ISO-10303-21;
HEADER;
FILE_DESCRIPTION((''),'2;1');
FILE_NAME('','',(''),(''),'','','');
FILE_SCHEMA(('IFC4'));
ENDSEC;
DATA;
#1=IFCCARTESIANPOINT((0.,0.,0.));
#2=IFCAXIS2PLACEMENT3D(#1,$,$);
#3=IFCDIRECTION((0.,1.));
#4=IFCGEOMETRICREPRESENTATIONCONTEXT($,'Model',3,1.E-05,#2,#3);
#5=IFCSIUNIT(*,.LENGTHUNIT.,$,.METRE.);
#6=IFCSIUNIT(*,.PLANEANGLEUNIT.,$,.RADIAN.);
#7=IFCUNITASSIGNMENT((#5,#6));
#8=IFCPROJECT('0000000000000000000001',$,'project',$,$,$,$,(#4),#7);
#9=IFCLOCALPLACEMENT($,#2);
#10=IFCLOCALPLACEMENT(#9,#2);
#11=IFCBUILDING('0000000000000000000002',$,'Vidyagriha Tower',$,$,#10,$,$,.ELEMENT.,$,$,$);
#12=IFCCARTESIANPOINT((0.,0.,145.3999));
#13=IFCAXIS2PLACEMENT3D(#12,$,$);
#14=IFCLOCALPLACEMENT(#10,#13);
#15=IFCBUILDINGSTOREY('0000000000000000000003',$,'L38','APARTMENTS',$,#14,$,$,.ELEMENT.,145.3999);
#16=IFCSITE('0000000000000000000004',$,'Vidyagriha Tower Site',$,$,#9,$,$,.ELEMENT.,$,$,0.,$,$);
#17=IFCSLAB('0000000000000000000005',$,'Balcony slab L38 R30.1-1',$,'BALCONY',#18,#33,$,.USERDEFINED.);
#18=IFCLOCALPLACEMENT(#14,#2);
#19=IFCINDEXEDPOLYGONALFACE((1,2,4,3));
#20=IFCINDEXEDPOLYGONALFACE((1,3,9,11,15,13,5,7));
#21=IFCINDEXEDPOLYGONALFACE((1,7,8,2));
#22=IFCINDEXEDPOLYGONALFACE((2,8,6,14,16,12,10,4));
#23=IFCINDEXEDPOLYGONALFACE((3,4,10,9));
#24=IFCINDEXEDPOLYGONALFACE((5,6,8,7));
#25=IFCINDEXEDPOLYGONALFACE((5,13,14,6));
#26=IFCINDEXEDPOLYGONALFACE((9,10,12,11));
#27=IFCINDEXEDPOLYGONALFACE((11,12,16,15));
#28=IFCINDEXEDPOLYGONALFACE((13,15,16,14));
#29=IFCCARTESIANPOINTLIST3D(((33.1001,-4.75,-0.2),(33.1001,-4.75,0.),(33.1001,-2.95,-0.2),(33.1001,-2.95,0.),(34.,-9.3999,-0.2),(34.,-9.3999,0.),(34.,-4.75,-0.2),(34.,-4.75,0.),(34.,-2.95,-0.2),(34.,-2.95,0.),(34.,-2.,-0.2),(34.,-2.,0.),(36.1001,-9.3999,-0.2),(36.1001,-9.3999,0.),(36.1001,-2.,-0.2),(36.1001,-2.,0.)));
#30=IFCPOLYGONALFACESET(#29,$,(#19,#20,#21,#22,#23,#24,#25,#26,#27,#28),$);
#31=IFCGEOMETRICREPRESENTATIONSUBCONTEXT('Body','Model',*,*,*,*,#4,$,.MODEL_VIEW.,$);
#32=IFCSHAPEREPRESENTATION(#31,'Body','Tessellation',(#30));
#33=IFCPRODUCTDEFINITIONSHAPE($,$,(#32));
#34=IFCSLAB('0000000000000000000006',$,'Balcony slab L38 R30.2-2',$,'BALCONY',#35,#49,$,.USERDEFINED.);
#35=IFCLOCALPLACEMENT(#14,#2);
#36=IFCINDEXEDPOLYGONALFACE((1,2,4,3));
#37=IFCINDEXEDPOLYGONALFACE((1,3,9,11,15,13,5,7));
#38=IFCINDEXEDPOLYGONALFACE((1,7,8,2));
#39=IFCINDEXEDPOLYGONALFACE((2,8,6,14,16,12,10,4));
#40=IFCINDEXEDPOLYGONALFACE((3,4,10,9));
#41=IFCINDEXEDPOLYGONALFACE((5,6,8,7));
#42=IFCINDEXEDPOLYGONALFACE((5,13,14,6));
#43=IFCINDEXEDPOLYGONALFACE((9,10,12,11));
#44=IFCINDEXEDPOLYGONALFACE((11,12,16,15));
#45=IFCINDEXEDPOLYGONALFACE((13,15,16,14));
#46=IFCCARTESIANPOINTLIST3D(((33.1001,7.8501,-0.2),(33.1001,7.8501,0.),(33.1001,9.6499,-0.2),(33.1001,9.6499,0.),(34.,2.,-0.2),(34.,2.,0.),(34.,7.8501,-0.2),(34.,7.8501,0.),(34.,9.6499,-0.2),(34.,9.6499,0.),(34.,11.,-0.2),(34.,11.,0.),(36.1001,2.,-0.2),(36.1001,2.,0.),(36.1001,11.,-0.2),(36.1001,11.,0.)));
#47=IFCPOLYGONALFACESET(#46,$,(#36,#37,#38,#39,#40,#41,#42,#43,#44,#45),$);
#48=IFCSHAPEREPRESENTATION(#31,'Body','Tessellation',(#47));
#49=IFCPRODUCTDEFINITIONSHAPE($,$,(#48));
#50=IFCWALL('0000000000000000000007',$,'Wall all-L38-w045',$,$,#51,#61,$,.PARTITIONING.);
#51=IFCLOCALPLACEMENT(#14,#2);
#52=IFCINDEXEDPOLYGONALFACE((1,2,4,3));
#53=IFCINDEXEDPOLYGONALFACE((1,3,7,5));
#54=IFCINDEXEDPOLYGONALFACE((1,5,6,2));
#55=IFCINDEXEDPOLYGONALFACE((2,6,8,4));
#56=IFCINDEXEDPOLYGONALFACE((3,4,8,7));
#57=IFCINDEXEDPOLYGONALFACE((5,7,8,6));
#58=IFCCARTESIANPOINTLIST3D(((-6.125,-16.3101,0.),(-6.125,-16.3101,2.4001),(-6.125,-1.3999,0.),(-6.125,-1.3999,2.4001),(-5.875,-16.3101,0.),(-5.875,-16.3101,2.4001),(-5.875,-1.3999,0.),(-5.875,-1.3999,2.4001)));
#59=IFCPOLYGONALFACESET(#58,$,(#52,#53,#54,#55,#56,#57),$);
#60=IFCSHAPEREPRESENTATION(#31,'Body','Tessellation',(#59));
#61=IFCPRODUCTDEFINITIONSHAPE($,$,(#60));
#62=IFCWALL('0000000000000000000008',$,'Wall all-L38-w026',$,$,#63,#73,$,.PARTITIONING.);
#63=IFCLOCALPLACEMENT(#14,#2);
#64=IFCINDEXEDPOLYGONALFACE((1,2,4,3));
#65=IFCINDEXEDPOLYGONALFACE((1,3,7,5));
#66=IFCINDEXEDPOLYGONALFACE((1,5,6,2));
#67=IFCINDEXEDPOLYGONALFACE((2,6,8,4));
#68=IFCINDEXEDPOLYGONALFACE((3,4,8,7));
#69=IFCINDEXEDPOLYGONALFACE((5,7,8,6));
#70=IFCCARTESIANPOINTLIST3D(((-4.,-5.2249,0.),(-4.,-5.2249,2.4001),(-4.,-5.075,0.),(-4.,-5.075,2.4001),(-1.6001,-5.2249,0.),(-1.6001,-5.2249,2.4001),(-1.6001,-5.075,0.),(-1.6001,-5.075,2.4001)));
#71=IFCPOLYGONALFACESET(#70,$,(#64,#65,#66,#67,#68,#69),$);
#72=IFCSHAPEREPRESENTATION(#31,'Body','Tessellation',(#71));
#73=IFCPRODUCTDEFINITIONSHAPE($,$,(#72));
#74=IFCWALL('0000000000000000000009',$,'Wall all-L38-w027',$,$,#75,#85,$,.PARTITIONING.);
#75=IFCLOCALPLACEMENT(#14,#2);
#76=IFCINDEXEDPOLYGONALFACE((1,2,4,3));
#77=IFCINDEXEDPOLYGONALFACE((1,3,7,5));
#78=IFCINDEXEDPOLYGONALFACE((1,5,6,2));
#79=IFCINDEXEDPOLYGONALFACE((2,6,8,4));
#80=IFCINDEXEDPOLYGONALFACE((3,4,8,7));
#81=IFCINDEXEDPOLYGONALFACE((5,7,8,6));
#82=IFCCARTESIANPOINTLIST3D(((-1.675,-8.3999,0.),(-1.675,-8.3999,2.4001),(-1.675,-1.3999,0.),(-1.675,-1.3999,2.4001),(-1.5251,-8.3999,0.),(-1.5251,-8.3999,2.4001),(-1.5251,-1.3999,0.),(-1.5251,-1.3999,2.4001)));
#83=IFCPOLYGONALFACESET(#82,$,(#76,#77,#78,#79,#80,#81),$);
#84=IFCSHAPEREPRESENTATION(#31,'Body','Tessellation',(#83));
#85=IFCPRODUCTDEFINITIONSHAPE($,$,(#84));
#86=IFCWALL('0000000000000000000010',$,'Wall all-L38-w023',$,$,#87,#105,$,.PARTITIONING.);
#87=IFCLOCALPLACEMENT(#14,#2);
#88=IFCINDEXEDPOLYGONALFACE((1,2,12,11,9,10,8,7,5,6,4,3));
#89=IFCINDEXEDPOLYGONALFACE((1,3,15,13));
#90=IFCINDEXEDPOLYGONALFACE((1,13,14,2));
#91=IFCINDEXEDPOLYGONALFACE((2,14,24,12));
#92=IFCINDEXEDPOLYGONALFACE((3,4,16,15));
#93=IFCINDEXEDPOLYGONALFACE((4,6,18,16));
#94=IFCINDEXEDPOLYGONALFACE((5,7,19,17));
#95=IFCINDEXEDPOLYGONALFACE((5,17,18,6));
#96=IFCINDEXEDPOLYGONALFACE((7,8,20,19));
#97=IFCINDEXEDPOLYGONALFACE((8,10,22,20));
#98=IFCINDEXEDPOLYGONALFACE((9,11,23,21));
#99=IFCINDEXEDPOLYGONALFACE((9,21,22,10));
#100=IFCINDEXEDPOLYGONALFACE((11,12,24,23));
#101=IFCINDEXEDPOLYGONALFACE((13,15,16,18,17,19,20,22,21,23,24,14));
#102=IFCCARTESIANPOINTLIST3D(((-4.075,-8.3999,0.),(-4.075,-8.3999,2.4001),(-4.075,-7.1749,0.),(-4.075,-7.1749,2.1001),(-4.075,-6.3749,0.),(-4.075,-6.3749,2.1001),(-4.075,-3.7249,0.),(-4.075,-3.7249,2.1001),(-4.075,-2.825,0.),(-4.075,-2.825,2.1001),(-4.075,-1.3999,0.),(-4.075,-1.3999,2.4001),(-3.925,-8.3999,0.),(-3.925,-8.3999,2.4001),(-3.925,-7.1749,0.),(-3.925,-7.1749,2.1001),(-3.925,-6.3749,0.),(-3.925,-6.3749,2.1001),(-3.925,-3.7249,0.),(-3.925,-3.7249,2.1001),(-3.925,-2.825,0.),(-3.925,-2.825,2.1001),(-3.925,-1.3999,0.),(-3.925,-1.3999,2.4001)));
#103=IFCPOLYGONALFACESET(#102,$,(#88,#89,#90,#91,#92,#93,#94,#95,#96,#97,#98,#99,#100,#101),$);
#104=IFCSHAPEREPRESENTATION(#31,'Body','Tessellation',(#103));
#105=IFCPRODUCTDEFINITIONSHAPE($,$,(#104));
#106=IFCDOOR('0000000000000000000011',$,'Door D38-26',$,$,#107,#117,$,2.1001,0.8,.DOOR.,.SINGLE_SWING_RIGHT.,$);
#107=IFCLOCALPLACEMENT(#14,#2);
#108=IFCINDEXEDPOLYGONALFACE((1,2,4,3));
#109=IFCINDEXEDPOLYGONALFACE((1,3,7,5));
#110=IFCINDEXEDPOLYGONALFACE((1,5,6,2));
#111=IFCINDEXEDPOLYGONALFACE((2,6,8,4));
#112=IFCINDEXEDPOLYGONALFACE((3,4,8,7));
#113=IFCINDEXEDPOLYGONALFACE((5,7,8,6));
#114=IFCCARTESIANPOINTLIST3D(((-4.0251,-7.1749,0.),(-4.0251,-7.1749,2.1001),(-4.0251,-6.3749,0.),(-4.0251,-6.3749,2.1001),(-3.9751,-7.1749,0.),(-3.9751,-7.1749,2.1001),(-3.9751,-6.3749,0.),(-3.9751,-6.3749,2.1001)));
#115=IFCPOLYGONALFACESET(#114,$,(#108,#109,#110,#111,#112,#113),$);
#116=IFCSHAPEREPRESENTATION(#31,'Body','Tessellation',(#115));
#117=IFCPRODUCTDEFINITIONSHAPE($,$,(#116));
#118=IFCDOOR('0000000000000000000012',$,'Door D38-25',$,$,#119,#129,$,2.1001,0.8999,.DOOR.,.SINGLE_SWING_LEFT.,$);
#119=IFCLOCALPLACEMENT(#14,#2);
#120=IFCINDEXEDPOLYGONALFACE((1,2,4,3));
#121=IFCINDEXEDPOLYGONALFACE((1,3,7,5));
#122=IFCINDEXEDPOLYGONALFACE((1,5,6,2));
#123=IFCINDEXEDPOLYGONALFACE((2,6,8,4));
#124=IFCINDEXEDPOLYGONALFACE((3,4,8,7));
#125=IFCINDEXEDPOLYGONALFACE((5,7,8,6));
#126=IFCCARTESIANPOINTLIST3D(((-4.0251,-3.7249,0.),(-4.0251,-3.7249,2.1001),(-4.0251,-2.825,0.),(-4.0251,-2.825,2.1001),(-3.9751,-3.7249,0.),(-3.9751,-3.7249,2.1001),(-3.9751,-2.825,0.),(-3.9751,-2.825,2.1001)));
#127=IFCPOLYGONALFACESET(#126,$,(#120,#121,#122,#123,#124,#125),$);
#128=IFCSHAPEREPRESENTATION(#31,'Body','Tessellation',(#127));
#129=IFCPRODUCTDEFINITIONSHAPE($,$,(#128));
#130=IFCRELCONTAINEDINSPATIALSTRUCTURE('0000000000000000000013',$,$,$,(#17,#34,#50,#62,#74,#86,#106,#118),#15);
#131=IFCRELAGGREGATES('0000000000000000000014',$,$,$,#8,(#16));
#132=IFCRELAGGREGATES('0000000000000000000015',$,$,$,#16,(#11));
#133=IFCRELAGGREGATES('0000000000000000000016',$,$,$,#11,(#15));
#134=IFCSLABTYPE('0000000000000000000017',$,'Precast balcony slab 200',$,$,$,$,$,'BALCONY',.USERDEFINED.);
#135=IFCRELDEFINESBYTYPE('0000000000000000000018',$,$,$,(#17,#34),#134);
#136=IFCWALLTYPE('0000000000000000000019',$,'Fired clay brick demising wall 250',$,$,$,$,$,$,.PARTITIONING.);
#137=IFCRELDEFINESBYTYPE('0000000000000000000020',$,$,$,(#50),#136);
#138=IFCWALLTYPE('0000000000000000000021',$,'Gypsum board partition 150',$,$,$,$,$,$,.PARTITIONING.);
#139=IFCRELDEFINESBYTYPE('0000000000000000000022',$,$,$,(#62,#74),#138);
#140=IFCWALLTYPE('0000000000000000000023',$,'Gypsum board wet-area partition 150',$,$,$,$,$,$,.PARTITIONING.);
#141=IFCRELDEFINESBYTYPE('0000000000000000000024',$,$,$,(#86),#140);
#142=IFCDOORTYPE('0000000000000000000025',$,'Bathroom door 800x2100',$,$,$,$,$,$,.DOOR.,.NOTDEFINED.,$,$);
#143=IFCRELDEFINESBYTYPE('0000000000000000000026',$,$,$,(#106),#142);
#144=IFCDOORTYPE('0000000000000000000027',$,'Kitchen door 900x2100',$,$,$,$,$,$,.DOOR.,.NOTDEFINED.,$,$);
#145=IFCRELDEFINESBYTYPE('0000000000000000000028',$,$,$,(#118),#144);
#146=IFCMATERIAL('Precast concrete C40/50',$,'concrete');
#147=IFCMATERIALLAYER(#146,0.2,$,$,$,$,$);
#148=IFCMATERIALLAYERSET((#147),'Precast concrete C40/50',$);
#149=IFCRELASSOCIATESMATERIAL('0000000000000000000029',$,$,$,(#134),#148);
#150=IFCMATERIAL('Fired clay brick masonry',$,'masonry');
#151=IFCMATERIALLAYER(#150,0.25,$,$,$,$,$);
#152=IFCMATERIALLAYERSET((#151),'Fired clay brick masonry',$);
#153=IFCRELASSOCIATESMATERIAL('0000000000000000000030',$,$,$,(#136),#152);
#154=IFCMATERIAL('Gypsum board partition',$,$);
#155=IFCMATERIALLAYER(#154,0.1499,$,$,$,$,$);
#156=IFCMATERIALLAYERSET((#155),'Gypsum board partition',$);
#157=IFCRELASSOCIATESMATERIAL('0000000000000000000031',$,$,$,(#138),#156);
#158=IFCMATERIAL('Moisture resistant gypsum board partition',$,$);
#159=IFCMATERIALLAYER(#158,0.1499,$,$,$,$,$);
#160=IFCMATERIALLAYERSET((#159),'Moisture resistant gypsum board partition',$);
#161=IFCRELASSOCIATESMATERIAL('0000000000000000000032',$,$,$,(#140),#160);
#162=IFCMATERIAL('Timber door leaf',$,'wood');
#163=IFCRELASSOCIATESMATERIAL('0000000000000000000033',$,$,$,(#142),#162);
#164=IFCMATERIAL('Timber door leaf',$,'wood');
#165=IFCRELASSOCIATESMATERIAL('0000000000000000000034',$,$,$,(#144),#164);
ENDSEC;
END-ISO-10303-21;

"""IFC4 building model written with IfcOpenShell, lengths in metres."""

from ifc_helpers import new_model, si_unit, direction, frame, frame_2d, origin, place, context, subcontext, project, spatial, polyline, rectangle, outline, extrude, material, layer, layer_set, type_object, element, fill, save


model = new_model("IFC4")

# Units and contexts
model_context = context("Model", 3, precision=1e-05, world=origin(), true_north=direction((0.0, 1.0)))
body_context = subcontext(model_context, "Body", "Model", "MODEL_VIEW")
ifc_project = project(units=[si_unit("LENGTHUNIT", "METRE"), si_unit("PLANEANGLEUNIT", "RADIAN")], contexts=[model_context])

# Site, building, storey
site_placement = place(None, origin())
site = spatial("IfcSite", under=ifc_project, at=site_placement, Name="Vidyagriha Tower Site", CompositionType="ELEMENT", RefElevation=0.0)
building_placement = place(site_placement, origin())
building = spatial("IfcBuilding", under=site, at=building_placement, Name="Vidyagriha Tower", CompositionType="ELEMENT")
storey_placement = place(building_placement, frame((0.0, 0.0, 145.3999)))
storey = spatial("IfcBuildingStorey", under=building, at=storey_placement, Name="L38", Description="APARTMENTS", CompositionType="ELEMENT", Elevation=145.3999)

# Slabs
ifc_material_1 = material(Name="Precast concrete C40/50", Category="concrete")
ifc_layer_1 = layer(ifc_material_1, 0.2)
ifc_layer_set_1 = layer_set([ifc_layer_1], Name="Precast concrete C40/50")
slab_type_1 = type_object("IfcSlabType", Name="Precast balcony slab 200", ElementType="BALCONY", PredefinedType="USERDEFINED", material=ifc_layer_set_1)
slab_1_placement = place(storey_placement, frame((0.0, 0.0, -0.2)))
element("IfcSlab", 1, at=slab_1_placement, inside=storey, type_object=slab_type_1, Name="Balcony slab L38 R30.1-1", ObjectType="BALCONY", PredefinedType="USERDEFINED", context=body_context, shape_type="SweptSolid", body=[
    extrude(outline(polyline([(34.0, -4.75), (34.0, -9.3999), (36.1001, -9.3999), (36.1001, -2.0), (34.0, -2.0), (34.0, -2.95), (33.1001, -2.95), (33.1001, -4.75), (34.0, -4.75)])), origin(), (0.0, 0.0, 1.0), 0.2),
])
slab_2_placement = place(storey_placement, frame((0.0, 0.0, -0.2)))
element("IfcSlab", 2, at=slab_2_placement, inside=storey, type_object=slab_type_1, Name="Balcony slab L38 R30.2-2", ObjectType="BALCONY", PredefinedType="USERDEFINED", context=body_context, shape_type="SweptSolid", body=[
    extrude(outline(polyline([(34.0, 7.8501), (34.0, 2.0), (36.1001, 2.0), (36.1001, 11.0), (34.0, 11.0), (34.0, 9.6499), (33.1001, 9.6499), (33.1001, 7.8501), (34.0, 7.8501)])), origin(), (0.0, 0.0, 1.0), 0.2),
])

# Walls
ifc_material_2 = material(Name="Fired clay brick masonry", Category="masonry")
ifc_layer_2 = layer(ifc_material_2, 0.25)
ifc_layer_set_2 = layer_set([ifc_layer_2], Name="Fired clay brick masonry")
wall_type_1 = type_object("IfcWallType", Name="Fired clay brick demising wall 250", PredefinedType="PARTITIONING", material=ifc_layer_set_2)
wall_1_placement = place(storey_placement, frame((-6.0, -1.3999, 0.0), z_axis=(0.0, 0.0, 1.0), x_axis=(0.0, -1.0, 0.0)))
element("IfcWall", 3, at=wall_1_placement, inside=storey, type_object=wall_type_1, Name="Wall all-L38-w045", PredefinedType="PARTITIONING", context=body_context, shape_type="SweptSolid", body=[
    extrude(rectangle(XDim=14.9102, YDim=0.25, at=frame_2d((7.4551, 0.0))), origin(), (0.0, 0.0, 1.0), 2.4001),
])
ifc_material_3 = material(Name="Gypsum board partition")
ifc_layer_3 = layer(ifc_material_3, 0.1499)
ifc_layer_set_3 = layer_set([ifc_layer_3], Name="Gypsum board partition")
wall_type_2 = type_object("IfcWallType", Name="Gypsum board partition 150", PredefinedType="PARTITIONING", material=ifc_layer_set_3)
wall_2_placement = place(storey_placement, frame((-1.6001, -5.1499, 0.0), z_axis=(0.0, 0.0, 1.0), x_axis=(-1.0, 0.0, 0.0)))
element("IfcWall", 4, at=wall_2_placement, inside=storey, type_object=wall_type_2, Name="Wall all-L38-w026", PredefinedType="PARTITIONING", context=body_context, shape_type="SweptSolid", body=[
    extrude(rectangle(XDim=2.3999, YDim=0.1499, at=frame_2d((1.2, 0.0))), origin(), (0.0, 0.0, 1.0), 2.4001),
])
wall_3_placement = place(storey_placement, frame((-1.6001, -1.3999, 0.0), z_axis=(0.0, 0.0, 1.0), x_axis=(0.0, -1.0, 0.0)))
element("IfcWall", 5, at=wall_3_placement, inside=storey, type_object=wall_type_2, Name="Wall all-L38-w027", PredefinedType="PARTITIONING", context=body_context, shape_type="SweptSolid", body=[
    extrude(rectangle(XDim=7.0, YDim=0.1499, at=frame_2d((3.5, 0.0))), origin(), (0.0, 0.0, 1.0), 2.4001),
])

# Wall, openings, doors
ifc_material_4 = material(Name="Moisture resistant gypsum board partition")
ifc_layer_4 = layer(ifc_material_4, 0.1499)
ifc_layer_set_4 = layer_set([ifc_layer_4], Name="Moisture resistant gypsum board partition")
wall_type_3 = type_object("IfcWallType", Name="Gypsum board wet-area partition 150", PredefinedType="PARTITIONING", material=ifc_layer_set_4)
wall_4_placement = place(storey_placement, frame((-4.0, -1.3999, 0.0), z_axis=(0.0, 0.0, 1.0), x_axis=(0.0, -1.0, 0.0)))
wall_4 = element("IfcWall", 6, at=wall_4_placement, inside=storey, type_object=wall_type_3, Name="Wall all-L38-w023", PredefinedType="PARTITIONING", context=body_context, shape_type="SweptSolid", body=[
    extrude(rectangle(XDim=7.0, YDim=0.1499, at=frame_2d((3.5, 0.0))), origin(), (0.0, 0.0, 1.0), 2.4001),
])
opening_1_placement = place(wall_4_placement, frame((1.425, 0.0, 0.0)))
opening_1 = element("IfcOpeningElement", 7, at=opening_1_placement, cuts=wall_4, PredefinedType="OPENING", context=body_context, shape_type="SweptSolid", body=[
    extrude(rectangle(XDim=0.8999, YDim=2.1001, at=frame_2d((0.45, 1.05))), frame((0.0, 0.085, 0.0), z_axis=(0.0, -1.0, 0.0), x_axis=(1.0, 0.0, 0.0)), (0.0, 0.0, 1.0), 0.1699),
])
opening_2_placement = place(wall_4_placement, frame((4.9751, 0.0, 0.0)))
opening_2 = element("IfcOpeningElement", 8, at=opening_2_placement, cuts=wall_4, PredefinedType="OPENING", context=body_context, shape_type="SweptSolid", body=[
    extrude(rectangle(XDim=0.8, YDim=2.1001, at=frame_2d((0.3999, 1.05))), frame((0.0, 0.085, 0.0), z_axis=(0.0, -1.0, 0.0), x_axis=(1.0, 0.0, 0.0)), (0.0, 0.0, 1.0), 0.1699),
])
ifc_material_5 = material(Name="Timber door leaf", Category="wood")
door_type_1 = type_object("IfcDoorType", Name="Bathroom door 800x2100", OperationType="NOTDEFINED", PredefinedType="DOOR", material=ifc_material_5)
door_1_placement = place(opening_2_placement, origin())
door_1 = element("IfcDoor", 9, at=door_1_placement, inside=storey, type_object=door_type_1, Name="Door D38-26", OperationType="SINGLE_SWING_RIGHT", OverallHeight=2.1001, OverallWidth=0.8, PredefinedType="DOOR", context=body_context, shape_type="SweptSolid", body=[
    extrude(rectangle(XDim=0.8, YDim=2.1001, at=frame_2d((0.3999, 1.05))), frame((0.0, 0.0249, 0.0), z_axis=(0.0, -1.0, 0.0), x_axis=(1.0, 0.0, 0.0)), (0.0, 0.0, 1.0), 0.05),
])
fill(opening_2, door_1)
ifc_material_6 = material(Name="Timber door leaf", Category="wood")
door_type_2 = type_object("IfcDoorType", Name="Kitchen door 900x2100", OperationType="NOTDEFINED", PredefinedType="DOOR", material=ifc_material_6)
door_2_placement = place(opening_1_placement, origin())
door_2 = element("IfcDoor", 10, at=door_2_placement, inside=storey, type_object=door_type_2, Name="Door D38-25", OperationType="SINGLE_SWING_LEFT", OverallHeight=2.1001, OverallWidth=0.8999, PredefinedType="DOOR", context=body_context, shape_type="SweptSolid", body=[
    extrude(rectangle(XDim=0.8999, YDim=2.1001, at=frame_2d((0.45, 1.05))), frame((0.0, 0.0249, 0.0), z_axis=(0.0, -1.0, 0.0), x_axis=(1.0, 0.0, 0.0)), (0.0, 0.0, 1.0), 0.05),
])
fill(opening_1, door_2)

save(model, "model.ifc")
